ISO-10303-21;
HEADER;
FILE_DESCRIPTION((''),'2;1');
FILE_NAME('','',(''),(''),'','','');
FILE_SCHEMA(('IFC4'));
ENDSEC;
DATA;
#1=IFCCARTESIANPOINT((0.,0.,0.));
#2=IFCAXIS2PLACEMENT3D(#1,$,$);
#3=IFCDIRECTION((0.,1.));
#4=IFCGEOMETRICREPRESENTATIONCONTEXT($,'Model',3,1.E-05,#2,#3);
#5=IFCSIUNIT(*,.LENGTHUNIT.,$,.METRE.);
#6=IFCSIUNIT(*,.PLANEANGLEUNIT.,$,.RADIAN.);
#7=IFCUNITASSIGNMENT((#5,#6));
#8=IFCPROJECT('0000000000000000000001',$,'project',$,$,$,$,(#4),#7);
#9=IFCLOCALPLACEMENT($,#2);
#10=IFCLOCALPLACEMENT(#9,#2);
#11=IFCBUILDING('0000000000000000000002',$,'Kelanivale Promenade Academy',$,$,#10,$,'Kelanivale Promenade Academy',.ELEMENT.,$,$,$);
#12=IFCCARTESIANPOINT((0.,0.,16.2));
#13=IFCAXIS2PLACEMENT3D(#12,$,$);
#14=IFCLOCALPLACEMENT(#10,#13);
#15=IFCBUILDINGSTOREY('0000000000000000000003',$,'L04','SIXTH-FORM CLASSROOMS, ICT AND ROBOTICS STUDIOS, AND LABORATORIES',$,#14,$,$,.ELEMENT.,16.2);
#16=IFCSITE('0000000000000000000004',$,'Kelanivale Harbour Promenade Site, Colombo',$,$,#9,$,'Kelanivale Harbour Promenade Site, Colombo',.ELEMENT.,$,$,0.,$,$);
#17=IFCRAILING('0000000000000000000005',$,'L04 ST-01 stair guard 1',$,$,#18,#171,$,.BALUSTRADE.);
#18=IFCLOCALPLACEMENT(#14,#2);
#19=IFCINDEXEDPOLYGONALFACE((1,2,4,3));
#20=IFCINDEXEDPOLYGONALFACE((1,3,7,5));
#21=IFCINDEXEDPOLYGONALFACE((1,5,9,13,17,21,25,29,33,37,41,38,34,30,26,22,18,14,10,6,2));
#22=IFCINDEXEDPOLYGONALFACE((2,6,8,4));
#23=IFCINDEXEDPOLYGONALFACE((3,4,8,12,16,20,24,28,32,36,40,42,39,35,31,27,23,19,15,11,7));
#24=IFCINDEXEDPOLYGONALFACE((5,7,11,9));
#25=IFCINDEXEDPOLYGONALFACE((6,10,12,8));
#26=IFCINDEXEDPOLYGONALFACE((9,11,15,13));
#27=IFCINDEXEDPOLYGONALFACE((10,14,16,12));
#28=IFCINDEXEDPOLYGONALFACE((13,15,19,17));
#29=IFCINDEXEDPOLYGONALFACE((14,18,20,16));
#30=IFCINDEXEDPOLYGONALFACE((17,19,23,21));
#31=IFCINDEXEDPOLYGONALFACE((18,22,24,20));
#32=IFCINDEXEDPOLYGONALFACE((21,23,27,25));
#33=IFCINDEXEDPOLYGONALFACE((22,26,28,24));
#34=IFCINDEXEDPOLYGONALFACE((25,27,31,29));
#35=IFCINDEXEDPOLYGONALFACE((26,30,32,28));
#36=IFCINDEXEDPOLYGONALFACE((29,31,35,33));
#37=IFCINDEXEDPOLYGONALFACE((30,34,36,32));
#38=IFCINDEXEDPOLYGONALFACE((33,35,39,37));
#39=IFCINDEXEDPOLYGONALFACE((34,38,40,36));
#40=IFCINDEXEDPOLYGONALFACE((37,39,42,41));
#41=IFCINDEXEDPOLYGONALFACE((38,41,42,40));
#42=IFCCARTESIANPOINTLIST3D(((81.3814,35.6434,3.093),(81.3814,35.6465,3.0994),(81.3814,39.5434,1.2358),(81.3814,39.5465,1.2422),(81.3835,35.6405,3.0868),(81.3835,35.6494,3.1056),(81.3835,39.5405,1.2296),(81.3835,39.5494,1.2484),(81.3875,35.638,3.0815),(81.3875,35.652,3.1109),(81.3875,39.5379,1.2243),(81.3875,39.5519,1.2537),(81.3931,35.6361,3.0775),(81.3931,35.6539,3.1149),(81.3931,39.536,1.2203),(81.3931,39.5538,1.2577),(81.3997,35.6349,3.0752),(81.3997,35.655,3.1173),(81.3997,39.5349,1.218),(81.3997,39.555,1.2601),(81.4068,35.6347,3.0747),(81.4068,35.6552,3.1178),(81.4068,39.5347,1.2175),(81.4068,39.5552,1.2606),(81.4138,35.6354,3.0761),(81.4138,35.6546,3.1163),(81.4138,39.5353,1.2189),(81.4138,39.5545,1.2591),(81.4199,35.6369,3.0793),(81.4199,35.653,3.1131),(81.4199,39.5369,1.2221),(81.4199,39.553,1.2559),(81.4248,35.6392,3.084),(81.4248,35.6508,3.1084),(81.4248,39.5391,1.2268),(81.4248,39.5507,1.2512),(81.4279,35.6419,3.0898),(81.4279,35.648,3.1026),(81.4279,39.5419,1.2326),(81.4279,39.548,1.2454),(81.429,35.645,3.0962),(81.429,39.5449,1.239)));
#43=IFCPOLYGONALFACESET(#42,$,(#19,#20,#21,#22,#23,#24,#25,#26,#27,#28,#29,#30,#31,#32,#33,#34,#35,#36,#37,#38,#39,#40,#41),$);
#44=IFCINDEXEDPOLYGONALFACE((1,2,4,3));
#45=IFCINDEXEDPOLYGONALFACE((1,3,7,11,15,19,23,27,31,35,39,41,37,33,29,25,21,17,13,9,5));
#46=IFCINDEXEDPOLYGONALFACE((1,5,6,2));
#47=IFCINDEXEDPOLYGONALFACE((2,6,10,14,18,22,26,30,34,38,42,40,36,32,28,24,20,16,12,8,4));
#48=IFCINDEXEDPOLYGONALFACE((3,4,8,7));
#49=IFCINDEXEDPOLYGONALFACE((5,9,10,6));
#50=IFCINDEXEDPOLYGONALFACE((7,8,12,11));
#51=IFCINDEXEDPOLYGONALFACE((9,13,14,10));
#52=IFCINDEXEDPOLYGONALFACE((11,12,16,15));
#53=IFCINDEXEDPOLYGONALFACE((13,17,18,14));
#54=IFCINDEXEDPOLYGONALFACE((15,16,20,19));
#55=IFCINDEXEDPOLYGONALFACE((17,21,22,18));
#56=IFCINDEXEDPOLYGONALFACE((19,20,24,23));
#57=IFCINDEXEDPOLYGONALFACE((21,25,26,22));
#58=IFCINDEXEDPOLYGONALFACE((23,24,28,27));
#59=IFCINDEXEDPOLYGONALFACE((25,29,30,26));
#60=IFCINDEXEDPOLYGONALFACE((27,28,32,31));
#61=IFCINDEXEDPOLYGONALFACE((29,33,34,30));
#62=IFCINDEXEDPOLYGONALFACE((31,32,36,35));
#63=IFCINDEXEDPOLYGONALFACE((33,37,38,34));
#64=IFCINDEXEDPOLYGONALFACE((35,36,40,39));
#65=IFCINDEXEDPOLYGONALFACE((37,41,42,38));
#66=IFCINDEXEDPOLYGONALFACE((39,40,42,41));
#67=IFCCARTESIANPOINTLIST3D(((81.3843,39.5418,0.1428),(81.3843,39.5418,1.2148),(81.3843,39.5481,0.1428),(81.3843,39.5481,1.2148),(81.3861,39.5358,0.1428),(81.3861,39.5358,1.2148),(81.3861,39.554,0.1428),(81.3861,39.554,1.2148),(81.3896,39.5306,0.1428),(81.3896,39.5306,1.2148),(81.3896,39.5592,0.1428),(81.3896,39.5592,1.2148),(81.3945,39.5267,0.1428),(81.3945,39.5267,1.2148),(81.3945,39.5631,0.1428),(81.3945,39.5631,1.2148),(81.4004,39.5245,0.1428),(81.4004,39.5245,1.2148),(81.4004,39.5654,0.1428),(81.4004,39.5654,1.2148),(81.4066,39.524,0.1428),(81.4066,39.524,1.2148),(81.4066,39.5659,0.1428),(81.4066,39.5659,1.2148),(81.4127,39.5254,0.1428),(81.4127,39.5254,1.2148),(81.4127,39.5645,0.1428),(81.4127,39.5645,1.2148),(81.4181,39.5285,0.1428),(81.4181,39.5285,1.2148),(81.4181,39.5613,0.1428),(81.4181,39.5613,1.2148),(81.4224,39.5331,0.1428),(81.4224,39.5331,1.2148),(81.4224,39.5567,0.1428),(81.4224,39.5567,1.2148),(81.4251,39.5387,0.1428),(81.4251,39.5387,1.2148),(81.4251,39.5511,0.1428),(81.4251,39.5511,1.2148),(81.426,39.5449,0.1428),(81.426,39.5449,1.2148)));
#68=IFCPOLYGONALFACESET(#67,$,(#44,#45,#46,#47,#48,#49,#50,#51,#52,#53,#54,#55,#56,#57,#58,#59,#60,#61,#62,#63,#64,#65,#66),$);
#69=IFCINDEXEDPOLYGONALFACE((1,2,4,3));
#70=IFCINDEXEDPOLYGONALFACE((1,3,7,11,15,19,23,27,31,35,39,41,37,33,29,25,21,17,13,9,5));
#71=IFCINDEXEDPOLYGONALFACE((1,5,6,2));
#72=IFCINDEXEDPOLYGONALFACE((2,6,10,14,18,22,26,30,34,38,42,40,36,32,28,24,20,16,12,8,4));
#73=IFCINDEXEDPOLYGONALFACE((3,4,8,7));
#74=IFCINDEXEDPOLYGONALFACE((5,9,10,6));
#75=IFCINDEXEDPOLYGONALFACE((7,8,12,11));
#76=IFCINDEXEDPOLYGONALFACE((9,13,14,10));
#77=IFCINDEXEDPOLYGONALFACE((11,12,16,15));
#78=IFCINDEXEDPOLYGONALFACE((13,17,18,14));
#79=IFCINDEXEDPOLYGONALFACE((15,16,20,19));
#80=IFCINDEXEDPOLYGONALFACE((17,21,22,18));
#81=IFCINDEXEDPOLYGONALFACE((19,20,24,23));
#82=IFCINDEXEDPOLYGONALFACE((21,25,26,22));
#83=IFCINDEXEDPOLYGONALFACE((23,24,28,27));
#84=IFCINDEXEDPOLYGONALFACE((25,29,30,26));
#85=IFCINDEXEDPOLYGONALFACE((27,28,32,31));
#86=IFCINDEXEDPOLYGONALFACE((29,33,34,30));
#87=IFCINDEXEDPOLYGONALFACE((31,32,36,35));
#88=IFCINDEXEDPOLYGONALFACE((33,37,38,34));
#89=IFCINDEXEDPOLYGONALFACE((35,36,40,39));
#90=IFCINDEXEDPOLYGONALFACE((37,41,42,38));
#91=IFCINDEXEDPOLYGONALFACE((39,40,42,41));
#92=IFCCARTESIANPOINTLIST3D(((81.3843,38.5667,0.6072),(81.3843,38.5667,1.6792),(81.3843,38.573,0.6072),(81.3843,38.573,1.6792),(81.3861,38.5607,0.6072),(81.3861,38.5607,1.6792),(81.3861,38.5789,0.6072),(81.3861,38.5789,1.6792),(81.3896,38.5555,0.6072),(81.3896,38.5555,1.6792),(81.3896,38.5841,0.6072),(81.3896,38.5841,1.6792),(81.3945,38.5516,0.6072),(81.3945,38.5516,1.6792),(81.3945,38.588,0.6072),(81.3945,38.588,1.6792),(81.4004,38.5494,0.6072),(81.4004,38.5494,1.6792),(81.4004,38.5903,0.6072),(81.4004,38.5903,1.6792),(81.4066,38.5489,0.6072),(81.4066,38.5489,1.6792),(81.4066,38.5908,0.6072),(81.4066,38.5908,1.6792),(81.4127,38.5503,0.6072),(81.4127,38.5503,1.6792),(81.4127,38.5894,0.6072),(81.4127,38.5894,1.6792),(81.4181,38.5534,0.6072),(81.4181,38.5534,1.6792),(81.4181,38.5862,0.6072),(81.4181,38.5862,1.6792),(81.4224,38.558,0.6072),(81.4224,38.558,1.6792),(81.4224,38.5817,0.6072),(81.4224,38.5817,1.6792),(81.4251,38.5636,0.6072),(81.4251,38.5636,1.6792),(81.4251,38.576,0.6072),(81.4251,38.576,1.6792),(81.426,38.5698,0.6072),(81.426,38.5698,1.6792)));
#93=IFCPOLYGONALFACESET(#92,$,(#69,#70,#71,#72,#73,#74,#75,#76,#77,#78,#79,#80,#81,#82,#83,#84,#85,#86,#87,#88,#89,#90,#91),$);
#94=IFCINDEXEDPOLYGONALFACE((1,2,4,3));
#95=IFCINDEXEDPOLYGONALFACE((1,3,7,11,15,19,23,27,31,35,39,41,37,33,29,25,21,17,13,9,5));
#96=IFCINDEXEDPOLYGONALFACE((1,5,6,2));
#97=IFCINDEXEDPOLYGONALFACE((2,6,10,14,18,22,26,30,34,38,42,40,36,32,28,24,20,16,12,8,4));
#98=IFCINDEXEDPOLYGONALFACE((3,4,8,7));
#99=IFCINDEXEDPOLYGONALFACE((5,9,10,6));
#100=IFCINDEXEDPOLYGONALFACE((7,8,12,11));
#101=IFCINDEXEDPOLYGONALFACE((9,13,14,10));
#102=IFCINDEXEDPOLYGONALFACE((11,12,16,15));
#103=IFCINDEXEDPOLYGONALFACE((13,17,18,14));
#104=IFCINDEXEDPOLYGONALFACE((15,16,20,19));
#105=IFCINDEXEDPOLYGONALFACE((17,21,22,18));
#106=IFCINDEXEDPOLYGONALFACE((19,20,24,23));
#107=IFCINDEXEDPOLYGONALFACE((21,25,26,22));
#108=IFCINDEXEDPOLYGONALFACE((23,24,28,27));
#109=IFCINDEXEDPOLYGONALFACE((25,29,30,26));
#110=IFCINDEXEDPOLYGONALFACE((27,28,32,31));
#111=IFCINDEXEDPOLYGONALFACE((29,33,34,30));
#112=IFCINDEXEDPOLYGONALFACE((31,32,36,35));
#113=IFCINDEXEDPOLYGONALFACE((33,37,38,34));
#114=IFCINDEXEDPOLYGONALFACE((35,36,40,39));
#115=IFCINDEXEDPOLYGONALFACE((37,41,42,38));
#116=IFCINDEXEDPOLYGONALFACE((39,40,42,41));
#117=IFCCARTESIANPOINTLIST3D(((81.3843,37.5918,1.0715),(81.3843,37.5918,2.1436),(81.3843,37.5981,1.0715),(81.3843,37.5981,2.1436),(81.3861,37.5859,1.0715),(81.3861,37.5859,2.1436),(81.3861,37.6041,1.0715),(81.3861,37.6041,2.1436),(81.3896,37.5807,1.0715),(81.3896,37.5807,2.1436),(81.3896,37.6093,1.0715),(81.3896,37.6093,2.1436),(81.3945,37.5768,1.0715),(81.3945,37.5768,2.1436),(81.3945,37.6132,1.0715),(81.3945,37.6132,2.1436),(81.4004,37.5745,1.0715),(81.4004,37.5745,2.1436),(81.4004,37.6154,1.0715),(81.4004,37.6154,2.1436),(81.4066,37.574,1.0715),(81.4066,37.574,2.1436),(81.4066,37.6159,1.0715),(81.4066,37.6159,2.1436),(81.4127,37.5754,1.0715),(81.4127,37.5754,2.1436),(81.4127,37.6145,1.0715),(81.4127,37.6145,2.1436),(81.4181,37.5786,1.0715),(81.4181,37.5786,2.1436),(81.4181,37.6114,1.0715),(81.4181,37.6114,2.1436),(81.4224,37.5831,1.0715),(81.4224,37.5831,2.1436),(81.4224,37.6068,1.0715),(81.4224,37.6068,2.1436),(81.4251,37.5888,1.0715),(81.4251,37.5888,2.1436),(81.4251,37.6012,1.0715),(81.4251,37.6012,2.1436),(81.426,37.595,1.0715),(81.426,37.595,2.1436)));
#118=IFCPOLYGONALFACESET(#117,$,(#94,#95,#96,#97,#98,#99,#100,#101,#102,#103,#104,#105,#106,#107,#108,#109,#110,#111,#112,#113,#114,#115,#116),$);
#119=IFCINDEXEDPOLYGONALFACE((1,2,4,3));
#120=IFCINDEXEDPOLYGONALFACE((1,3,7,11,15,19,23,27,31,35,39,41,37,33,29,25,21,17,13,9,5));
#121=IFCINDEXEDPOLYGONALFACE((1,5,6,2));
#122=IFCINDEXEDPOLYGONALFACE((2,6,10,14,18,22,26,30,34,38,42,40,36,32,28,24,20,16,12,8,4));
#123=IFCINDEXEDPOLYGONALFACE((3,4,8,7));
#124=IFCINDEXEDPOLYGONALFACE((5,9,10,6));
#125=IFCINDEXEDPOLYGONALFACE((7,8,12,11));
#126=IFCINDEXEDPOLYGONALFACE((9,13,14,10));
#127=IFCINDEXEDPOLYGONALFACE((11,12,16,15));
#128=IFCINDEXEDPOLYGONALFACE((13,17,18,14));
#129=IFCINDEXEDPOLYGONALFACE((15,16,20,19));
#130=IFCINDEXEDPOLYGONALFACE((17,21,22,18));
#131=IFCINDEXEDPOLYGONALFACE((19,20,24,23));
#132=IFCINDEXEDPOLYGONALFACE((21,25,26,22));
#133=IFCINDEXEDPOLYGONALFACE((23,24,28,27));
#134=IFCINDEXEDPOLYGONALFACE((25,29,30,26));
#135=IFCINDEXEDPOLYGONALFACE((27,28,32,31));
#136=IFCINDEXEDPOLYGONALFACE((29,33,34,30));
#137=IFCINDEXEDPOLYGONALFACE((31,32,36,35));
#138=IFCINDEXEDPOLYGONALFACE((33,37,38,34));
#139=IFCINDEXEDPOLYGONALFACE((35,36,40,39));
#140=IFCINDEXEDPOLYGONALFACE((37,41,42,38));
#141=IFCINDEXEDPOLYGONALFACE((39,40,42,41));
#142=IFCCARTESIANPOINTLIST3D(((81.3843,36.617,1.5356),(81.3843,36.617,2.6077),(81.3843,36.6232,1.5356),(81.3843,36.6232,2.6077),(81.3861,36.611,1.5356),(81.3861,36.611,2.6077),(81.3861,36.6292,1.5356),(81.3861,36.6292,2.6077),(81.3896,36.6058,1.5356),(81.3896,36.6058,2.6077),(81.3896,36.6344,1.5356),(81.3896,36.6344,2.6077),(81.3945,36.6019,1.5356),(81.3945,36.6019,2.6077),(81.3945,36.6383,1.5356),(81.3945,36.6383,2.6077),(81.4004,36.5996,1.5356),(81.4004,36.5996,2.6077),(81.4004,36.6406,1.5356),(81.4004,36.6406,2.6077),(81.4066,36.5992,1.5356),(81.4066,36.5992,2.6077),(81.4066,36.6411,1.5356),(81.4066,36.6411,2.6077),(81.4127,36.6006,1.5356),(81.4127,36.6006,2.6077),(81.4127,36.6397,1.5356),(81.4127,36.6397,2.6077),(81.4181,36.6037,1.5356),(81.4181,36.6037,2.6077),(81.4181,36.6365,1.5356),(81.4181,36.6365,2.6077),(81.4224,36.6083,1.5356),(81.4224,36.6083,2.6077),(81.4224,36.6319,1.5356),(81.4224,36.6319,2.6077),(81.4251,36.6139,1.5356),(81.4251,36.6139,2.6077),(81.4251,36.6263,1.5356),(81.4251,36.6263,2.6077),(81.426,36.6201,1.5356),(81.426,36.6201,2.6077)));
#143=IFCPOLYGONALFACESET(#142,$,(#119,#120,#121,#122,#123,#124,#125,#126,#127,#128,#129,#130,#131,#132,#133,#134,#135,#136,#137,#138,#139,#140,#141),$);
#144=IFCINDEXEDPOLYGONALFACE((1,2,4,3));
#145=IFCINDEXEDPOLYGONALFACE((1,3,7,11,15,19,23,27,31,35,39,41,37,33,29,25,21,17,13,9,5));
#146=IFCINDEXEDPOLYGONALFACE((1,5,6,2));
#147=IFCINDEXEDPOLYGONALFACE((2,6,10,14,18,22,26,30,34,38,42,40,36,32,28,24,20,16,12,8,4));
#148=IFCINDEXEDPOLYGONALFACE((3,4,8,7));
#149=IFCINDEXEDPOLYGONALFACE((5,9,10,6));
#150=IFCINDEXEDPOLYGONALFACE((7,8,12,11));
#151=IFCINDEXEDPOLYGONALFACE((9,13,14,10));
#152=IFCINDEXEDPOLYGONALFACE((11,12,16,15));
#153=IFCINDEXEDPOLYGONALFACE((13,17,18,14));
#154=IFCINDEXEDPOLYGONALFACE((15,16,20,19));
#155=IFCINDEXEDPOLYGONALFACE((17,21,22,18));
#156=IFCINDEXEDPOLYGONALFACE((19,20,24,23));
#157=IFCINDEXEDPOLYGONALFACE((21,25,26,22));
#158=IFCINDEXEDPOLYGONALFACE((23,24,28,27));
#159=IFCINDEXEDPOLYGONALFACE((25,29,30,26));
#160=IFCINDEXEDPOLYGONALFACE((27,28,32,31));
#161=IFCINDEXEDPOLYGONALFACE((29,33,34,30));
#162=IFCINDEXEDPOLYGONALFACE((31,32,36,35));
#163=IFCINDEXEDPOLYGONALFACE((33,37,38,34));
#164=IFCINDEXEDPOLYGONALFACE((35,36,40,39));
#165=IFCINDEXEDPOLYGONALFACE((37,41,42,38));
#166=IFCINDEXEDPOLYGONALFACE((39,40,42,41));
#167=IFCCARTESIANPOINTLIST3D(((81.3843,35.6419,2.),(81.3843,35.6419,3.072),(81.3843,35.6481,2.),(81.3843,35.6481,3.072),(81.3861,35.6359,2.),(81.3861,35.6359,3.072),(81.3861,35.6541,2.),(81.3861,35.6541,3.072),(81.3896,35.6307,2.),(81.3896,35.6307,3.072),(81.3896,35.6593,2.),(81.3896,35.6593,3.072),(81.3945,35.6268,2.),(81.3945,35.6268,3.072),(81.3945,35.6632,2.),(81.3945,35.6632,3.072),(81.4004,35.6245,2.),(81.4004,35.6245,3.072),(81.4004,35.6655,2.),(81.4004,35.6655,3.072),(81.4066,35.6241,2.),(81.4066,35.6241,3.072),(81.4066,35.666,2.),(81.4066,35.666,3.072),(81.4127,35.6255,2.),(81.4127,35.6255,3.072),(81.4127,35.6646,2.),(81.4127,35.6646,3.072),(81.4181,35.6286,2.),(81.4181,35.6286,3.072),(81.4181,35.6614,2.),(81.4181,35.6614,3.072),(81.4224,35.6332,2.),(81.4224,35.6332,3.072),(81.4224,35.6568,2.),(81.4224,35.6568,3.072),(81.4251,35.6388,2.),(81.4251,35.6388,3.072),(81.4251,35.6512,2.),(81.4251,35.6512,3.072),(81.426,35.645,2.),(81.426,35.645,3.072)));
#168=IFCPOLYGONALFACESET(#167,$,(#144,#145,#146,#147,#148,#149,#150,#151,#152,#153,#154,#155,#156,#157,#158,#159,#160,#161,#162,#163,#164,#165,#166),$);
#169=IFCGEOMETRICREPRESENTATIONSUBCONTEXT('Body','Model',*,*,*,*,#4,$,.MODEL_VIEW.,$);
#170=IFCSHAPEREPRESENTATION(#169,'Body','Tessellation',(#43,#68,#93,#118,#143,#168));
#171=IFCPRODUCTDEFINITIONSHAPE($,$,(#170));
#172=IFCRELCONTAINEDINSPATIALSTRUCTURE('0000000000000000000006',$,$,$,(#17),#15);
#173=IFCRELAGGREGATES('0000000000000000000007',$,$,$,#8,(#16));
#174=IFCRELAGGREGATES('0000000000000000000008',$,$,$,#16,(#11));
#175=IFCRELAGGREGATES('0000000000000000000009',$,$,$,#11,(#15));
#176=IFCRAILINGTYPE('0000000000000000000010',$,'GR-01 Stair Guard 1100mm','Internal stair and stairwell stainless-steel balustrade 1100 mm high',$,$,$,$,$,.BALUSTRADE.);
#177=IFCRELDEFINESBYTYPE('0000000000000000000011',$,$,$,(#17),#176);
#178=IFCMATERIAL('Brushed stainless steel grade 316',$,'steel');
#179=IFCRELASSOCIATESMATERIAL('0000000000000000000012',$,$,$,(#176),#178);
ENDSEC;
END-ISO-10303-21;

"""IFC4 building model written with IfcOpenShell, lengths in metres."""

from ifc_helpers import new_model, si_unit, direction, frame, origin, origin_2d, place, context, subcontext, project, spatial, circle, extrude, material, type_object, element, save


model = new_model("IFC4")

# Units and contexts
model_context = context("Model", 3, precision=1e-05, world=origin(), true_north=direction((0.0, 1.0)))
body_context = subcontext(model_context, "Body", "Model", "MODEL_VIEW")
ifc_project = project(units=[si_unit("LENGTHUNIT", "METRE"), si_unit("PLANEANGLEUNIT", "RADIAN")], contexts=[model_context])

# Site, building, storey
site_placement = place(None, origin())
site = spatial("IfcSite", under=ifc_project, at=site_placement, Name="Kelanivale Harbour Promenade Site, Colombo", LongName="Kelanivale Harbour Promenade Site, Colombo", CompositionType="ELEMENT", RefElevation=0.0)
building_placement = place(site_placement, origin())
building = spatial("IfcBuilding", under=site, at=building_placement, Name="Kelanivale Promenade Academy", LongName="Kelanivale Promenade Academy", CompositionType="ELEMENT")
storey_placement = place(building_placement, frame((0.0, 0.0, 16.2)))
storey = spatial("IfcBuildingStorey", under=building, at=storey_placement, Name="L04", Description="SIXTH-FORM CLASSROOMS, ICT AND ROBOTICS STUDIOS, AND LABORATORIES", CompositionType="ELEMENT", Elevation=16.2)

# Railing
ifc_material_1 = material(Name="Brushed stainless steel grade 316", Category="steel")
railing_type_1 = type_object("IfcRailingType", Name="GR-01 Stair Guard 1100mm", Description="Internal stair and stairwell stainless-steel balustrade 1100 mm high", PredefinedType="BALUSTRADE", material=ifc_material_1)
railing_1_placement = place(storey_placement, frame((81.405, 39.5449, 0.1428)))
element("IfcRailing", 1, at=railing_1_placement, inside=storey, type_object=railing_type_1, Name="L04 ST-01 stair guard 1", PredefinedType="BALUSTRADE", context=body_context, shape_type="SweptSolid", body=[
    extrude(circle(Radius=0.0239, at=origin_2d()), frame((0.0, 0.0, 1.0962), z_axis=(0.0, -0.902853, 0.429949), x_axis=(1.0, 0.0, 0.0)), (0.0, 0.0, 1.0), 4.3196),
    extrude(circle(Radius=0.021, at=origin_2d()), origin(), (0.0, 0.0, 1.0), 1.072),
    extrude(circle(Radius=0.021, at=origin_2d()), frame((0.0, -0.9751, 0.4644)), (0.0, 0.0, 1.0), 1.072),
    extrude(circle(Radius=0.021, at=origin_2d()), frame((0.0, -1.95, 0.9287)), (0.0, 0.0, 1.0), 1.072),
    extrude(circle(Radius=0.021, at=origin_2d()), frame((0.0, -2.9248, 1.3928)), (0.0, 0.0, 1.0), 1.072),
    extrude(circle(Radius=0.021, at=origin_2d()), frame((0.0, -3.8999, 1.8572)), (0.0, 0.0, 1.0), 1.072),
])

save(model, "model.ifc")
